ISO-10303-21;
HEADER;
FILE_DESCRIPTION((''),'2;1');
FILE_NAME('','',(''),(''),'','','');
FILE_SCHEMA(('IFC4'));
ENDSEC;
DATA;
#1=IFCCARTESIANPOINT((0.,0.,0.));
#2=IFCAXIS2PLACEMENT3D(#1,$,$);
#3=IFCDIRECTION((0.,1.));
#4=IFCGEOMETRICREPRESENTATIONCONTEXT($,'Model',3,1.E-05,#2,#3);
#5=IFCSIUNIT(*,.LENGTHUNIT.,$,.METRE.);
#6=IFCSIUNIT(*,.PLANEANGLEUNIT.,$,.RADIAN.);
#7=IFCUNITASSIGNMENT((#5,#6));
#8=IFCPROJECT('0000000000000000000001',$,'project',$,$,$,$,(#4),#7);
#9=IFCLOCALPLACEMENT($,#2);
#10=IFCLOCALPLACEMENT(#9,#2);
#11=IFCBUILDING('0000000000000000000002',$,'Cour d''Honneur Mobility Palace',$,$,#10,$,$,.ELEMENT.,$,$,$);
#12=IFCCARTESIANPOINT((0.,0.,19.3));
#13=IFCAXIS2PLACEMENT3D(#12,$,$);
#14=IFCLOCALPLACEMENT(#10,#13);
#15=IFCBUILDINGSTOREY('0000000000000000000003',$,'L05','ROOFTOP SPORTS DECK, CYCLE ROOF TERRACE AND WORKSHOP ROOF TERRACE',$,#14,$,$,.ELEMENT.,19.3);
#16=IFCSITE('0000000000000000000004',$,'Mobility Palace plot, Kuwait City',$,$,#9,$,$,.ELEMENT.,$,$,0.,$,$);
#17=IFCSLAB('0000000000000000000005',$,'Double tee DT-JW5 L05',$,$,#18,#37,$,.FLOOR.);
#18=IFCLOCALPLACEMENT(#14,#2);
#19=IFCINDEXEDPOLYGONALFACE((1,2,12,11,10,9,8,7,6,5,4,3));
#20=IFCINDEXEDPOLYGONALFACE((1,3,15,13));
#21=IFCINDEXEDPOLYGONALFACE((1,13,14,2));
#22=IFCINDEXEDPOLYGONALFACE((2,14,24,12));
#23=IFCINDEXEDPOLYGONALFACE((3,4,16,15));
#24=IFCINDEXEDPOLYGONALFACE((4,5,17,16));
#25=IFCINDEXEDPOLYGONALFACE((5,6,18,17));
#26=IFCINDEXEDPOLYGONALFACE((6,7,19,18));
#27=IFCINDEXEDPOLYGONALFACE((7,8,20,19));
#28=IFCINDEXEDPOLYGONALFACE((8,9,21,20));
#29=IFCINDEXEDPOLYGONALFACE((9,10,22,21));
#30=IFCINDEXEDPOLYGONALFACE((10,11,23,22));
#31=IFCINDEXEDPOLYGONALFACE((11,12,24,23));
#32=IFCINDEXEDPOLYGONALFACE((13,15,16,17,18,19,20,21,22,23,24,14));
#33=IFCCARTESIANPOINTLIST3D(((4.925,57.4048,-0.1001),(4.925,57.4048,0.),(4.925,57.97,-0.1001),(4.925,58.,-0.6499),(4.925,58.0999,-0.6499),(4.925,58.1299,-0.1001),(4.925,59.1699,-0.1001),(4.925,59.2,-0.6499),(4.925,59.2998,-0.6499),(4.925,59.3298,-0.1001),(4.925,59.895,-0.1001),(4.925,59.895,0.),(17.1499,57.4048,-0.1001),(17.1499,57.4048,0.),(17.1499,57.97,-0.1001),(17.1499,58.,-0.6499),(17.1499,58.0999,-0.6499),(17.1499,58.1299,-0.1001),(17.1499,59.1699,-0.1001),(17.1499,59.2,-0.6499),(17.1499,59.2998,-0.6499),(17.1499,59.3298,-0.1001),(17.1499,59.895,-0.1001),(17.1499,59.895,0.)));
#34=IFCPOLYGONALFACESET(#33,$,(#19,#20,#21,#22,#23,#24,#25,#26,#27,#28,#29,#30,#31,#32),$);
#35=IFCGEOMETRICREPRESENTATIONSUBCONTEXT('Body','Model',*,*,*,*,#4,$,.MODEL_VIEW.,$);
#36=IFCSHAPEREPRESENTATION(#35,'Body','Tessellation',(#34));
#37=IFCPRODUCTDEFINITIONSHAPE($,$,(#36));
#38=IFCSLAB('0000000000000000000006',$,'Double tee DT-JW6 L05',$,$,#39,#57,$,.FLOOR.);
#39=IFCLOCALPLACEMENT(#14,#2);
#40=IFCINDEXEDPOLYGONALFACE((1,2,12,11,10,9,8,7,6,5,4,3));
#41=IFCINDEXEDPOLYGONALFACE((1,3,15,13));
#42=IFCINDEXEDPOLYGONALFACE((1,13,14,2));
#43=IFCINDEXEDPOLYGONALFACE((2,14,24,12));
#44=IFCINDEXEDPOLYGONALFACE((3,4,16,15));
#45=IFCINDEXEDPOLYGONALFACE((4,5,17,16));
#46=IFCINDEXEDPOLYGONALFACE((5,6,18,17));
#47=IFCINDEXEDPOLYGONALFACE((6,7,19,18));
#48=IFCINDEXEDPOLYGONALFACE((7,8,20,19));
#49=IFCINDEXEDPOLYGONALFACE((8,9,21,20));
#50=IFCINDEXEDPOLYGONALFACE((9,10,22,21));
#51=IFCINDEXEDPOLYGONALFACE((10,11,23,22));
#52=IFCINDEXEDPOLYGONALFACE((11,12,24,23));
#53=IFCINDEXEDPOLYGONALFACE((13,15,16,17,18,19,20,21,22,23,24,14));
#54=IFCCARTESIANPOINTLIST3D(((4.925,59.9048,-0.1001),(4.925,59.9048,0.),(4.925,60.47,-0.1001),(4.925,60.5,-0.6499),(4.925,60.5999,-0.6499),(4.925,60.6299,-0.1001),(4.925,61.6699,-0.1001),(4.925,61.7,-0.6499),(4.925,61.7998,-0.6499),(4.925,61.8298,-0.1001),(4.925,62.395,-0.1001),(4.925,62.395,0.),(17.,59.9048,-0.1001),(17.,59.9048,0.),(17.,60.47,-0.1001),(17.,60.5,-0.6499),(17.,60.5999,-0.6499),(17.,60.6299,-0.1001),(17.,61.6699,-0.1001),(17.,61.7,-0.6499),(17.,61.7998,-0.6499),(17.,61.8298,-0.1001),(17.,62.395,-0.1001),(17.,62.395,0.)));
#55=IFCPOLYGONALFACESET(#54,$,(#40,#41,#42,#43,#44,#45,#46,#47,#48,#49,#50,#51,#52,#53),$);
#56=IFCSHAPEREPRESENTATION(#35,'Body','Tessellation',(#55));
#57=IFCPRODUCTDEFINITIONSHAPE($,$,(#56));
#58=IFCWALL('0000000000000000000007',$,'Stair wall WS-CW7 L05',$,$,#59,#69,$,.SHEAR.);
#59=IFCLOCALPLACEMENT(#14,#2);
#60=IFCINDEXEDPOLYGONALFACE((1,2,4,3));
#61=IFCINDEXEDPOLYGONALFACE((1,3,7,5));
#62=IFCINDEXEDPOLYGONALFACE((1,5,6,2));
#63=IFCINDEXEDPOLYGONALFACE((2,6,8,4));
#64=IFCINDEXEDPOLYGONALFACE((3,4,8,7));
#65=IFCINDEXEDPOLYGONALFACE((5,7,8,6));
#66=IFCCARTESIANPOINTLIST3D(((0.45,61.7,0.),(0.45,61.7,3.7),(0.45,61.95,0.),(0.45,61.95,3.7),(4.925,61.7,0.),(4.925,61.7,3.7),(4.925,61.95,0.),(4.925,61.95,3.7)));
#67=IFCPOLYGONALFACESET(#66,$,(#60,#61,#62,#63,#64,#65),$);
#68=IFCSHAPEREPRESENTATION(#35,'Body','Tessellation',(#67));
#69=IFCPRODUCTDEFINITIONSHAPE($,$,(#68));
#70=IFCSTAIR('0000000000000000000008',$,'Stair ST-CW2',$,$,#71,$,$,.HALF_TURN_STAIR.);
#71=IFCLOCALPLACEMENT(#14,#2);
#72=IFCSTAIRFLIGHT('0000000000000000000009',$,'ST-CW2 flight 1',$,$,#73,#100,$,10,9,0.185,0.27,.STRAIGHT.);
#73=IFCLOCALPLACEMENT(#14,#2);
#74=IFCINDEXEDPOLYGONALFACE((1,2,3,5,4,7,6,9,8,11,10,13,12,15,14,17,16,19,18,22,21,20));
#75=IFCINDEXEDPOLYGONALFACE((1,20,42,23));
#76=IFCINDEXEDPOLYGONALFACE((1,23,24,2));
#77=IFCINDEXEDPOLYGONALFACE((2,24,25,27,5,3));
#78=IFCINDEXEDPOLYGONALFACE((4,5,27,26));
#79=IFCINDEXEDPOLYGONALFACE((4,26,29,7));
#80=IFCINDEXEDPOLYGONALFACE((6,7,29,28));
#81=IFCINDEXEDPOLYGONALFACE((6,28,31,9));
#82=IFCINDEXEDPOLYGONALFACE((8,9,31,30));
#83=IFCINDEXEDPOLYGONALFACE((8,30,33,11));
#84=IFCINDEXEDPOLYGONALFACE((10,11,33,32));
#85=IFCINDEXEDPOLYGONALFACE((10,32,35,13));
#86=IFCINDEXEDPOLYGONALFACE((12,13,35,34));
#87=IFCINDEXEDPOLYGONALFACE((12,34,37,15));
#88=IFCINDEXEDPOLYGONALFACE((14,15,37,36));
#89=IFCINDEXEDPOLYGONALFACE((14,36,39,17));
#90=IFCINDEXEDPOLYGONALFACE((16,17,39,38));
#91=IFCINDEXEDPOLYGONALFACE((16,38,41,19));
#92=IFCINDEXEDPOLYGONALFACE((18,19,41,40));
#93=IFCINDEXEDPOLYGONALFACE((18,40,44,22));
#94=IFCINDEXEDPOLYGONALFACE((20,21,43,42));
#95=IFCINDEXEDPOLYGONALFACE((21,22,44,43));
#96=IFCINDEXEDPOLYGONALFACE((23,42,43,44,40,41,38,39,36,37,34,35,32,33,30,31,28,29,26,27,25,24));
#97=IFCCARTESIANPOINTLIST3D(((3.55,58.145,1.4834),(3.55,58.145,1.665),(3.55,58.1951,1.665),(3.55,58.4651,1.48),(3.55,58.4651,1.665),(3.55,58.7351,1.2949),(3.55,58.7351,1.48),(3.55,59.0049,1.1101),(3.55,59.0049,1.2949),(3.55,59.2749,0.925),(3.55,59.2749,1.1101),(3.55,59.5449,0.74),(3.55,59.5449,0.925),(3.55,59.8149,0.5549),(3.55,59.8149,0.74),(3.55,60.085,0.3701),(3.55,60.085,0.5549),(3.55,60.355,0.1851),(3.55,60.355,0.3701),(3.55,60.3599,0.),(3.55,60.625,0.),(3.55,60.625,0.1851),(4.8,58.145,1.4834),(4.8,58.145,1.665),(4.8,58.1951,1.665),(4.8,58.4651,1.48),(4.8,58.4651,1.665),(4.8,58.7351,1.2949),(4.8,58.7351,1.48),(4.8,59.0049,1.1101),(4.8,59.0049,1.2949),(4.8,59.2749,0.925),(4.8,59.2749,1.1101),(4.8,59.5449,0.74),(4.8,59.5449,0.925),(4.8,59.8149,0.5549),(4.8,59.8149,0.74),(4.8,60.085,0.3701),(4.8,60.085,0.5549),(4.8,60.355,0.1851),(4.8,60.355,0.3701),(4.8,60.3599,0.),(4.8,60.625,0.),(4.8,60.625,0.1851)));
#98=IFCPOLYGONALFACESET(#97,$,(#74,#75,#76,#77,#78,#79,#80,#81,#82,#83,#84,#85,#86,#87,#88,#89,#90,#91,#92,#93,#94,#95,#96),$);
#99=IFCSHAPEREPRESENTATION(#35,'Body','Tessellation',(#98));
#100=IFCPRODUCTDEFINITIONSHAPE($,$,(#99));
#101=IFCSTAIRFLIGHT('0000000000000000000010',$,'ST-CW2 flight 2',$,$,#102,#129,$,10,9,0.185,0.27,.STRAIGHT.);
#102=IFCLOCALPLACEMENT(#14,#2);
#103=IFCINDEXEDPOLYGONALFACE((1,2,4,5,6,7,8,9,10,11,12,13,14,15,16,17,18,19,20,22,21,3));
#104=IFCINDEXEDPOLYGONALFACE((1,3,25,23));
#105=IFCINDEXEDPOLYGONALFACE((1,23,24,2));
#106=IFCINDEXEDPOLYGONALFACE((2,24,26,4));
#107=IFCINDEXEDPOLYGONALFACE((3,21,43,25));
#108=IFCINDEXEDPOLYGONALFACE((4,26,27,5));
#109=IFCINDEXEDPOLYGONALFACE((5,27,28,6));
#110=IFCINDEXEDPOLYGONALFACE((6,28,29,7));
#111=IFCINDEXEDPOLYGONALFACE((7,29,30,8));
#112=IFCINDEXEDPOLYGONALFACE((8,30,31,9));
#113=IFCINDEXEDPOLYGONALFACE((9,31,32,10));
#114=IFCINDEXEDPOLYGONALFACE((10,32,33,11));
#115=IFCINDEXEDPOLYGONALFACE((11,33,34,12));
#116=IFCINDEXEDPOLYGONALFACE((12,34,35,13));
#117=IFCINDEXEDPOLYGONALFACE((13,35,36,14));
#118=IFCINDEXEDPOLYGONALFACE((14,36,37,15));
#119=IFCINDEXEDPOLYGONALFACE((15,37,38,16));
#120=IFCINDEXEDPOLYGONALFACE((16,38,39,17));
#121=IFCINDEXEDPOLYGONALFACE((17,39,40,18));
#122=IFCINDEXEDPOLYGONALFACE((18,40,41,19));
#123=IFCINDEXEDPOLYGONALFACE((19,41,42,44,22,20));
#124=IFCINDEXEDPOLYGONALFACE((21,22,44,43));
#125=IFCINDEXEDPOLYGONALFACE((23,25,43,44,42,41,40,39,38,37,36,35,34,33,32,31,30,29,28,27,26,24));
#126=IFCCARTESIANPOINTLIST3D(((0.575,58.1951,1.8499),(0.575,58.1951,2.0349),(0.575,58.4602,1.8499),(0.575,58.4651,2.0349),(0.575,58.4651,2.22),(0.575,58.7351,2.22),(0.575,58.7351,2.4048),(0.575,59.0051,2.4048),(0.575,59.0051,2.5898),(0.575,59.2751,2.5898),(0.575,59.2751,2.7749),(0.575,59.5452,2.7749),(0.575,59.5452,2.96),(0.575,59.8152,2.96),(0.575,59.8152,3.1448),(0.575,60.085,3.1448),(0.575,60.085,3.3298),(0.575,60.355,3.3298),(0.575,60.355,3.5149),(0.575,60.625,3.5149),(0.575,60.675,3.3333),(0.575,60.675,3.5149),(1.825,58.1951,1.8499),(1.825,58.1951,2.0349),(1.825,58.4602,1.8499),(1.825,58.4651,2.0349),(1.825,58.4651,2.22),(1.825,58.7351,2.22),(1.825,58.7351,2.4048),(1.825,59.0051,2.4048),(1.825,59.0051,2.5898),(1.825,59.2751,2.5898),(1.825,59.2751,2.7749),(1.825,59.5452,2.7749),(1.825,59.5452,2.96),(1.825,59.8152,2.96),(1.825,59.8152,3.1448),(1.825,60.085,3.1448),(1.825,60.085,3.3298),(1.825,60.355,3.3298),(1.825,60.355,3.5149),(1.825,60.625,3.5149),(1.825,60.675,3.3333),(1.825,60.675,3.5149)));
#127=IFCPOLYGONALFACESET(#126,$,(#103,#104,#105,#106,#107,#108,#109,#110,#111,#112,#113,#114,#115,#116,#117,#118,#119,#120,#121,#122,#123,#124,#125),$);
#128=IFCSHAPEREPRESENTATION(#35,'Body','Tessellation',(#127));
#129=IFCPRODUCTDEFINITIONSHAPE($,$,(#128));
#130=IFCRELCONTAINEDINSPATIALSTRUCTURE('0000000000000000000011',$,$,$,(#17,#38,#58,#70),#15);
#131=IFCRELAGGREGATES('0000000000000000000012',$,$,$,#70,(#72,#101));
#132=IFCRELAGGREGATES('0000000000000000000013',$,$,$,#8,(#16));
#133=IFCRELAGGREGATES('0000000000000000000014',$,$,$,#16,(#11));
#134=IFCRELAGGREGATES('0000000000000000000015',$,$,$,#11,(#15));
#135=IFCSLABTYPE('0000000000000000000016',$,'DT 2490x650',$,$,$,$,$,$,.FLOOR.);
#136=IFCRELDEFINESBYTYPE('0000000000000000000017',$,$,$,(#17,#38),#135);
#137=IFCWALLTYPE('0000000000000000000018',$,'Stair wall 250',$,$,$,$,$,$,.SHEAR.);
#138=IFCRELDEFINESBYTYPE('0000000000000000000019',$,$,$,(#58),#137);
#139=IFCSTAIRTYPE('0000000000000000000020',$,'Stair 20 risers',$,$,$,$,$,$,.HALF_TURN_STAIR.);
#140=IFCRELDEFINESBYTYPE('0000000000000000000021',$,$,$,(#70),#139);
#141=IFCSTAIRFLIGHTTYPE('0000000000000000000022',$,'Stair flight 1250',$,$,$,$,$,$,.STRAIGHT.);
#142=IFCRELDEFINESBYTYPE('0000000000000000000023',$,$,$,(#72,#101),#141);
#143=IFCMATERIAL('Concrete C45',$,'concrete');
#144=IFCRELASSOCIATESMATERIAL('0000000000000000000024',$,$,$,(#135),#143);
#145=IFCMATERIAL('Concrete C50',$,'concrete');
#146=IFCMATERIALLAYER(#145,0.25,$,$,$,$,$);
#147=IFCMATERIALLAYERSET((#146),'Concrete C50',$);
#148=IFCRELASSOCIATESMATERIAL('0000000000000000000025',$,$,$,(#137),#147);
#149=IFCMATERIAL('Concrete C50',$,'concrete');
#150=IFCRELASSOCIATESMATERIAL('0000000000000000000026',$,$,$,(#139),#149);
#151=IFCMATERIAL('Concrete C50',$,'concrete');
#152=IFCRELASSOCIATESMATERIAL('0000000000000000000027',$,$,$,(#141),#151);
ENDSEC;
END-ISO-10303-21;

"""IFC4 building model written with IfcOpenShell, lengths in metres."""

from ifc_helpers import new_model, si_unit, direction, frame, frame_2d, origin, place, context, subcontext, project, spatial, polyline, rectangle, outline, extrude, material, layer, layer_set, material_profile, profile_set, type_object, element, aggregate, save


model = new_model("IFC4")

# Units and contexts
model_context = context("Model", 3, precision=1e-05, world=origin(), true_north=direction((0.0, 1.0)))
body_context = subcontext(model_context, "Body", "Model", "MODEL_VIEW")
ifc_project = project(units=[si_unit("LENGTHUNIT", "METRE"), si_unit("PLANEANGLEUNIT", "RADIAN")], contexts=[model_context])

# Site, building, storey
site_placement = place(None, origin())
site = spatial("IfcSite", under=ifc_project, at=site_placement, Name="Mobility Palace plot, Kuwait City", CompositionType="ELEMENT", RefElevation=0.0)
building_placement = place(site_placement, origin())
building = spatial("IfcBuilding", under=site, at=building_placement, Name="Cour d'Honneur Mobility Palace", CompositionType="ELEMENT")
storey_placement = place(building_placement, frame((0.0, 0.0, 19.3)))
storey = spatial("IfcBuildingStorey", under=building, at=storey_placement, Name="L05", Description="ROOFTOP SPORTS DECK, CYCLE ROOF TERRACE AND WORKSHOP ROOF TERRACE", CompositionType="ELEMENT", Elevation=19.3)

# Slabs
ifc_material_1 = material(Name="Concrete C45", Category="concrete")
ifc_material_profile_1 = material_profile(ifc_material_1, outline(polyline([(-1.2451, 0.0), (1.2451, 0.0), (1.2451, -0.1001), (0.6799, -0.1001), (0.6499, -0.6499), (0.55, -0.6499), (0.52, -0.1001), (-0.52, -0.1001), (-0.55, -0.6499), (-0.6499, -0.6499), (-0.6799, -0.1001), (-1.2451, -0.1001), (-1.2451, 0.0)])), Name="DT 2490x650")
ifc_profile_set_1 = profile_set([ifc_material_profile_1], Name="Concrete C45")
slab_type = type_object("IfcSlabType", Name="DT 2490x650", PredefinedType="FLOOR", material=ifc_profile_set_1)
slab_1_placement = place(storey_placement, frame((4.925, 58.6499, 0.0), z_axis=(1.0, 0.0, 0.0), x_axis=(0.0, 1.0, 0.0)))
element("IfcSlab", 1, at=slab_1_placement, inside=storey, type_object=slab_type, Name="Double tee DT-JW5 L05", PredefinedType="FLOOR", context=body_context, shape_type="SweptSolid", body=[
    extrude(outline(polyline([(-1.2451, 0.0), (1.2451, 0.0), (1.2451, -0.1001), (0.6799, -0.1001), (0.6499, -0.6499), (0.55, -0.6499), (0.52, -0.1001), (-0.52, -0.1001), (-0.55, -0.6499), (-0.6499, -0.6499), (-0.6799, -0.1001), (-1.2451, -0.1001), (-1.2451, 0.0)])), origin(), (0.0, 0.0, 1.0), 12.2249),
])
slab_2_placement = place(storey_placement, frame((4.925, 61.1499, 0.0), z_axis=(1.0, 0.0, 0.0), x_axis=(0.0, 1.0, 0.0)))
element("IfcSlab", 2, at=slab_2_placement, inside=storey, type_object=slab_type, Name="Double tee DT-JW6 L05", PredefinedType="FLOOR", context=body_context, shape_type="SweptSolid", body=[
    extrude(outline(polyline([(-1.2451, 0.0), (1.2451, 0.0), (1.2451, -0.1001), (0.6799, -0.1001), (0.6499, -0.6499), (0.55, -0.6499), (0.52, -0.1001), (-0.52, -0.1001), (-0.55, -0.6499), (-0.6499, -0.6499), (-0.6799, -0.1001), (-1.2451, -0.1001), (-1.2451, 0.0)])), origin(), (0.0, 0.0, 1.0), 12.075),
])

# Wall
ifc_material_2 = material(Name="Concrete C50", Category="concrete")
ifc_layer_1 = layer(ifc_material_2, 0.25)
ifc_layer_set_1 = layer_set([ifc_layer_1], Name="Concrete C50")
wall_type = type_object("IfcWallType", Name="Stair wall 250", PredefinedType="SHEAR", material=ifc_layer_set_1)
wall_placement = place(storey_placement, frame((0.45, 61.825, 0.0), z_axis=(0.0, 0.0, 1.0), x_axis=(1.0, 0.0, 0.0)))
element("IfcWall", 3, at=wall_placement, inside=storey, type_object=wall_type, Name="Stair wall WS-CW7 L05", PredefinedType="SHEAR", context=body_context, shape_type="SweptSolid", body=[
    extrude(rectangle(XDim=4.4751, YDim=0.25, at=frame_2d((2.2375, 0.0))), origin(), (0.0, 0.0, 1.0), 3.7),
])

# Stair, stair flights
ifc_material_3 = material(Name="Concrete C50", Category="concrete")
stair_type = type_object("IfcStairType", Name="Stair 20 risers", PredefinedType="HALF_TURN_STAIR", material=ifc_material_3)
stair_placement = place(storey_placement, origin())
stair = element("IfcStair", 4, at=stair_placement, inside=storey, type_object=stair_type, Name="Stair ST-CW2", PredefinedType="HALF_TURN_STAIR")
ifc_material_4 = material(Name="Concrete C50", Category="concrete")
stair_flight_type = type_object("IfcStairFlightType", Name="Stair flight 1250", PredefinedType="STRAIGHT", material=ifc_material_4)
stair_flight_1_placement = place(storey_placement, frame((4.175, 60.625, 0.0), z_axis=(0.0, 0.0, 1.0), x_axis=(0.0, -1.0, 0.0)))
stair_flight_1 = element("IfcStairFlight", 5, at=stair_flight_1_placement, type_object=stair_flight_type, Name="ST-CW2 flight 1", NumberOfRisers=10, NumberOfTreads=9, PredefinedType="STRAIGHT", RiserHeight=0.185, TreadLength=0.27, context=body_context, shape_type="SweptSolid", body=[
    extrude(outline(polyline([(0.0, 0.0), (0.0, 0.1851), (0.27, 0.1851), (0.27, 0.3701), (0.54, 0.3701), (0.54, 0.5549), (0.8101, 0.5549), (0.8101, 0.74), (1.0801, 0.74), (1.0801, 0.925), (1.3501, 0.925), (1.3501, 1.1101), (1.6201, 1.1101), (1.6201, 1.2949), (1.8899, 1.2949), (1.8899, 1.48), (2.1599, 1.48), (2.1599, 1.665), (2.4299, 1.665), (2.48, 1.665), (2.48, 1.4834), (0.2651, 0.0), (0.0, 0.0)])), frame((0.0, 0.625, 0.0), z_axis=(0.0, -1.0, 0.0), x_axis=(1.0, 0.0, 0.0)), (0.0, 0.0, 1.0), 1.25),
])
stair_flight_2_placement = place(storey_placement, frame((1.2, 58.1951, 1.8499), z_axis=(0.0, 0.0, 1.0), x_axis=(0.0, 1.0, 0.0)))
stair_flight_2 = element("IfcStairFlight", 6, at=stair_flight_2_placement, type_object=stair_flight_type, Name="ST-CW2 flight 2", NumberOfRisers=10, NumberOfTreads=9, PredefinedType="STRAIGHT", RiserHeight=0.185, TreadLength=0.27, context=body_context, shape_type="SweptSolid", body=[
    extrude(outline(polyline([(0.0, 0.0), (0.0, 0.1851), (0.27, 0.1851), (0.27, 0.3701), (0.54, 0.3701), (0.54, 0.5549), (0.8101, 0.5549), (0.8101, 0.74), (1.0801, 0.74), (1.0801, 0.925), (1.3501, 0.925), (1.3501, 1.1101), (1.6201, 1.1101), (1.6201, 1.2949), (1.8899, 1.2949), (1.8899, 1.48), (2.1599, 1.48), (2.1599, 1.665), (2.4299, 1.665), (2.48, 1.665), (2.48, 1.4834), (0.2651, 0.0), (0.0, 0.0)])), frame((0.0, 0.625, 0.0), z_axis=(0.0, -1.0, 0.0), x_axis=(1.0, 0.0, 0.0)), (0.0, 0.0, 1.0), 1.25),
])
aggregate(stair, [stair_flight_1, stair_flight_2])

save(model, "model.ifc")
